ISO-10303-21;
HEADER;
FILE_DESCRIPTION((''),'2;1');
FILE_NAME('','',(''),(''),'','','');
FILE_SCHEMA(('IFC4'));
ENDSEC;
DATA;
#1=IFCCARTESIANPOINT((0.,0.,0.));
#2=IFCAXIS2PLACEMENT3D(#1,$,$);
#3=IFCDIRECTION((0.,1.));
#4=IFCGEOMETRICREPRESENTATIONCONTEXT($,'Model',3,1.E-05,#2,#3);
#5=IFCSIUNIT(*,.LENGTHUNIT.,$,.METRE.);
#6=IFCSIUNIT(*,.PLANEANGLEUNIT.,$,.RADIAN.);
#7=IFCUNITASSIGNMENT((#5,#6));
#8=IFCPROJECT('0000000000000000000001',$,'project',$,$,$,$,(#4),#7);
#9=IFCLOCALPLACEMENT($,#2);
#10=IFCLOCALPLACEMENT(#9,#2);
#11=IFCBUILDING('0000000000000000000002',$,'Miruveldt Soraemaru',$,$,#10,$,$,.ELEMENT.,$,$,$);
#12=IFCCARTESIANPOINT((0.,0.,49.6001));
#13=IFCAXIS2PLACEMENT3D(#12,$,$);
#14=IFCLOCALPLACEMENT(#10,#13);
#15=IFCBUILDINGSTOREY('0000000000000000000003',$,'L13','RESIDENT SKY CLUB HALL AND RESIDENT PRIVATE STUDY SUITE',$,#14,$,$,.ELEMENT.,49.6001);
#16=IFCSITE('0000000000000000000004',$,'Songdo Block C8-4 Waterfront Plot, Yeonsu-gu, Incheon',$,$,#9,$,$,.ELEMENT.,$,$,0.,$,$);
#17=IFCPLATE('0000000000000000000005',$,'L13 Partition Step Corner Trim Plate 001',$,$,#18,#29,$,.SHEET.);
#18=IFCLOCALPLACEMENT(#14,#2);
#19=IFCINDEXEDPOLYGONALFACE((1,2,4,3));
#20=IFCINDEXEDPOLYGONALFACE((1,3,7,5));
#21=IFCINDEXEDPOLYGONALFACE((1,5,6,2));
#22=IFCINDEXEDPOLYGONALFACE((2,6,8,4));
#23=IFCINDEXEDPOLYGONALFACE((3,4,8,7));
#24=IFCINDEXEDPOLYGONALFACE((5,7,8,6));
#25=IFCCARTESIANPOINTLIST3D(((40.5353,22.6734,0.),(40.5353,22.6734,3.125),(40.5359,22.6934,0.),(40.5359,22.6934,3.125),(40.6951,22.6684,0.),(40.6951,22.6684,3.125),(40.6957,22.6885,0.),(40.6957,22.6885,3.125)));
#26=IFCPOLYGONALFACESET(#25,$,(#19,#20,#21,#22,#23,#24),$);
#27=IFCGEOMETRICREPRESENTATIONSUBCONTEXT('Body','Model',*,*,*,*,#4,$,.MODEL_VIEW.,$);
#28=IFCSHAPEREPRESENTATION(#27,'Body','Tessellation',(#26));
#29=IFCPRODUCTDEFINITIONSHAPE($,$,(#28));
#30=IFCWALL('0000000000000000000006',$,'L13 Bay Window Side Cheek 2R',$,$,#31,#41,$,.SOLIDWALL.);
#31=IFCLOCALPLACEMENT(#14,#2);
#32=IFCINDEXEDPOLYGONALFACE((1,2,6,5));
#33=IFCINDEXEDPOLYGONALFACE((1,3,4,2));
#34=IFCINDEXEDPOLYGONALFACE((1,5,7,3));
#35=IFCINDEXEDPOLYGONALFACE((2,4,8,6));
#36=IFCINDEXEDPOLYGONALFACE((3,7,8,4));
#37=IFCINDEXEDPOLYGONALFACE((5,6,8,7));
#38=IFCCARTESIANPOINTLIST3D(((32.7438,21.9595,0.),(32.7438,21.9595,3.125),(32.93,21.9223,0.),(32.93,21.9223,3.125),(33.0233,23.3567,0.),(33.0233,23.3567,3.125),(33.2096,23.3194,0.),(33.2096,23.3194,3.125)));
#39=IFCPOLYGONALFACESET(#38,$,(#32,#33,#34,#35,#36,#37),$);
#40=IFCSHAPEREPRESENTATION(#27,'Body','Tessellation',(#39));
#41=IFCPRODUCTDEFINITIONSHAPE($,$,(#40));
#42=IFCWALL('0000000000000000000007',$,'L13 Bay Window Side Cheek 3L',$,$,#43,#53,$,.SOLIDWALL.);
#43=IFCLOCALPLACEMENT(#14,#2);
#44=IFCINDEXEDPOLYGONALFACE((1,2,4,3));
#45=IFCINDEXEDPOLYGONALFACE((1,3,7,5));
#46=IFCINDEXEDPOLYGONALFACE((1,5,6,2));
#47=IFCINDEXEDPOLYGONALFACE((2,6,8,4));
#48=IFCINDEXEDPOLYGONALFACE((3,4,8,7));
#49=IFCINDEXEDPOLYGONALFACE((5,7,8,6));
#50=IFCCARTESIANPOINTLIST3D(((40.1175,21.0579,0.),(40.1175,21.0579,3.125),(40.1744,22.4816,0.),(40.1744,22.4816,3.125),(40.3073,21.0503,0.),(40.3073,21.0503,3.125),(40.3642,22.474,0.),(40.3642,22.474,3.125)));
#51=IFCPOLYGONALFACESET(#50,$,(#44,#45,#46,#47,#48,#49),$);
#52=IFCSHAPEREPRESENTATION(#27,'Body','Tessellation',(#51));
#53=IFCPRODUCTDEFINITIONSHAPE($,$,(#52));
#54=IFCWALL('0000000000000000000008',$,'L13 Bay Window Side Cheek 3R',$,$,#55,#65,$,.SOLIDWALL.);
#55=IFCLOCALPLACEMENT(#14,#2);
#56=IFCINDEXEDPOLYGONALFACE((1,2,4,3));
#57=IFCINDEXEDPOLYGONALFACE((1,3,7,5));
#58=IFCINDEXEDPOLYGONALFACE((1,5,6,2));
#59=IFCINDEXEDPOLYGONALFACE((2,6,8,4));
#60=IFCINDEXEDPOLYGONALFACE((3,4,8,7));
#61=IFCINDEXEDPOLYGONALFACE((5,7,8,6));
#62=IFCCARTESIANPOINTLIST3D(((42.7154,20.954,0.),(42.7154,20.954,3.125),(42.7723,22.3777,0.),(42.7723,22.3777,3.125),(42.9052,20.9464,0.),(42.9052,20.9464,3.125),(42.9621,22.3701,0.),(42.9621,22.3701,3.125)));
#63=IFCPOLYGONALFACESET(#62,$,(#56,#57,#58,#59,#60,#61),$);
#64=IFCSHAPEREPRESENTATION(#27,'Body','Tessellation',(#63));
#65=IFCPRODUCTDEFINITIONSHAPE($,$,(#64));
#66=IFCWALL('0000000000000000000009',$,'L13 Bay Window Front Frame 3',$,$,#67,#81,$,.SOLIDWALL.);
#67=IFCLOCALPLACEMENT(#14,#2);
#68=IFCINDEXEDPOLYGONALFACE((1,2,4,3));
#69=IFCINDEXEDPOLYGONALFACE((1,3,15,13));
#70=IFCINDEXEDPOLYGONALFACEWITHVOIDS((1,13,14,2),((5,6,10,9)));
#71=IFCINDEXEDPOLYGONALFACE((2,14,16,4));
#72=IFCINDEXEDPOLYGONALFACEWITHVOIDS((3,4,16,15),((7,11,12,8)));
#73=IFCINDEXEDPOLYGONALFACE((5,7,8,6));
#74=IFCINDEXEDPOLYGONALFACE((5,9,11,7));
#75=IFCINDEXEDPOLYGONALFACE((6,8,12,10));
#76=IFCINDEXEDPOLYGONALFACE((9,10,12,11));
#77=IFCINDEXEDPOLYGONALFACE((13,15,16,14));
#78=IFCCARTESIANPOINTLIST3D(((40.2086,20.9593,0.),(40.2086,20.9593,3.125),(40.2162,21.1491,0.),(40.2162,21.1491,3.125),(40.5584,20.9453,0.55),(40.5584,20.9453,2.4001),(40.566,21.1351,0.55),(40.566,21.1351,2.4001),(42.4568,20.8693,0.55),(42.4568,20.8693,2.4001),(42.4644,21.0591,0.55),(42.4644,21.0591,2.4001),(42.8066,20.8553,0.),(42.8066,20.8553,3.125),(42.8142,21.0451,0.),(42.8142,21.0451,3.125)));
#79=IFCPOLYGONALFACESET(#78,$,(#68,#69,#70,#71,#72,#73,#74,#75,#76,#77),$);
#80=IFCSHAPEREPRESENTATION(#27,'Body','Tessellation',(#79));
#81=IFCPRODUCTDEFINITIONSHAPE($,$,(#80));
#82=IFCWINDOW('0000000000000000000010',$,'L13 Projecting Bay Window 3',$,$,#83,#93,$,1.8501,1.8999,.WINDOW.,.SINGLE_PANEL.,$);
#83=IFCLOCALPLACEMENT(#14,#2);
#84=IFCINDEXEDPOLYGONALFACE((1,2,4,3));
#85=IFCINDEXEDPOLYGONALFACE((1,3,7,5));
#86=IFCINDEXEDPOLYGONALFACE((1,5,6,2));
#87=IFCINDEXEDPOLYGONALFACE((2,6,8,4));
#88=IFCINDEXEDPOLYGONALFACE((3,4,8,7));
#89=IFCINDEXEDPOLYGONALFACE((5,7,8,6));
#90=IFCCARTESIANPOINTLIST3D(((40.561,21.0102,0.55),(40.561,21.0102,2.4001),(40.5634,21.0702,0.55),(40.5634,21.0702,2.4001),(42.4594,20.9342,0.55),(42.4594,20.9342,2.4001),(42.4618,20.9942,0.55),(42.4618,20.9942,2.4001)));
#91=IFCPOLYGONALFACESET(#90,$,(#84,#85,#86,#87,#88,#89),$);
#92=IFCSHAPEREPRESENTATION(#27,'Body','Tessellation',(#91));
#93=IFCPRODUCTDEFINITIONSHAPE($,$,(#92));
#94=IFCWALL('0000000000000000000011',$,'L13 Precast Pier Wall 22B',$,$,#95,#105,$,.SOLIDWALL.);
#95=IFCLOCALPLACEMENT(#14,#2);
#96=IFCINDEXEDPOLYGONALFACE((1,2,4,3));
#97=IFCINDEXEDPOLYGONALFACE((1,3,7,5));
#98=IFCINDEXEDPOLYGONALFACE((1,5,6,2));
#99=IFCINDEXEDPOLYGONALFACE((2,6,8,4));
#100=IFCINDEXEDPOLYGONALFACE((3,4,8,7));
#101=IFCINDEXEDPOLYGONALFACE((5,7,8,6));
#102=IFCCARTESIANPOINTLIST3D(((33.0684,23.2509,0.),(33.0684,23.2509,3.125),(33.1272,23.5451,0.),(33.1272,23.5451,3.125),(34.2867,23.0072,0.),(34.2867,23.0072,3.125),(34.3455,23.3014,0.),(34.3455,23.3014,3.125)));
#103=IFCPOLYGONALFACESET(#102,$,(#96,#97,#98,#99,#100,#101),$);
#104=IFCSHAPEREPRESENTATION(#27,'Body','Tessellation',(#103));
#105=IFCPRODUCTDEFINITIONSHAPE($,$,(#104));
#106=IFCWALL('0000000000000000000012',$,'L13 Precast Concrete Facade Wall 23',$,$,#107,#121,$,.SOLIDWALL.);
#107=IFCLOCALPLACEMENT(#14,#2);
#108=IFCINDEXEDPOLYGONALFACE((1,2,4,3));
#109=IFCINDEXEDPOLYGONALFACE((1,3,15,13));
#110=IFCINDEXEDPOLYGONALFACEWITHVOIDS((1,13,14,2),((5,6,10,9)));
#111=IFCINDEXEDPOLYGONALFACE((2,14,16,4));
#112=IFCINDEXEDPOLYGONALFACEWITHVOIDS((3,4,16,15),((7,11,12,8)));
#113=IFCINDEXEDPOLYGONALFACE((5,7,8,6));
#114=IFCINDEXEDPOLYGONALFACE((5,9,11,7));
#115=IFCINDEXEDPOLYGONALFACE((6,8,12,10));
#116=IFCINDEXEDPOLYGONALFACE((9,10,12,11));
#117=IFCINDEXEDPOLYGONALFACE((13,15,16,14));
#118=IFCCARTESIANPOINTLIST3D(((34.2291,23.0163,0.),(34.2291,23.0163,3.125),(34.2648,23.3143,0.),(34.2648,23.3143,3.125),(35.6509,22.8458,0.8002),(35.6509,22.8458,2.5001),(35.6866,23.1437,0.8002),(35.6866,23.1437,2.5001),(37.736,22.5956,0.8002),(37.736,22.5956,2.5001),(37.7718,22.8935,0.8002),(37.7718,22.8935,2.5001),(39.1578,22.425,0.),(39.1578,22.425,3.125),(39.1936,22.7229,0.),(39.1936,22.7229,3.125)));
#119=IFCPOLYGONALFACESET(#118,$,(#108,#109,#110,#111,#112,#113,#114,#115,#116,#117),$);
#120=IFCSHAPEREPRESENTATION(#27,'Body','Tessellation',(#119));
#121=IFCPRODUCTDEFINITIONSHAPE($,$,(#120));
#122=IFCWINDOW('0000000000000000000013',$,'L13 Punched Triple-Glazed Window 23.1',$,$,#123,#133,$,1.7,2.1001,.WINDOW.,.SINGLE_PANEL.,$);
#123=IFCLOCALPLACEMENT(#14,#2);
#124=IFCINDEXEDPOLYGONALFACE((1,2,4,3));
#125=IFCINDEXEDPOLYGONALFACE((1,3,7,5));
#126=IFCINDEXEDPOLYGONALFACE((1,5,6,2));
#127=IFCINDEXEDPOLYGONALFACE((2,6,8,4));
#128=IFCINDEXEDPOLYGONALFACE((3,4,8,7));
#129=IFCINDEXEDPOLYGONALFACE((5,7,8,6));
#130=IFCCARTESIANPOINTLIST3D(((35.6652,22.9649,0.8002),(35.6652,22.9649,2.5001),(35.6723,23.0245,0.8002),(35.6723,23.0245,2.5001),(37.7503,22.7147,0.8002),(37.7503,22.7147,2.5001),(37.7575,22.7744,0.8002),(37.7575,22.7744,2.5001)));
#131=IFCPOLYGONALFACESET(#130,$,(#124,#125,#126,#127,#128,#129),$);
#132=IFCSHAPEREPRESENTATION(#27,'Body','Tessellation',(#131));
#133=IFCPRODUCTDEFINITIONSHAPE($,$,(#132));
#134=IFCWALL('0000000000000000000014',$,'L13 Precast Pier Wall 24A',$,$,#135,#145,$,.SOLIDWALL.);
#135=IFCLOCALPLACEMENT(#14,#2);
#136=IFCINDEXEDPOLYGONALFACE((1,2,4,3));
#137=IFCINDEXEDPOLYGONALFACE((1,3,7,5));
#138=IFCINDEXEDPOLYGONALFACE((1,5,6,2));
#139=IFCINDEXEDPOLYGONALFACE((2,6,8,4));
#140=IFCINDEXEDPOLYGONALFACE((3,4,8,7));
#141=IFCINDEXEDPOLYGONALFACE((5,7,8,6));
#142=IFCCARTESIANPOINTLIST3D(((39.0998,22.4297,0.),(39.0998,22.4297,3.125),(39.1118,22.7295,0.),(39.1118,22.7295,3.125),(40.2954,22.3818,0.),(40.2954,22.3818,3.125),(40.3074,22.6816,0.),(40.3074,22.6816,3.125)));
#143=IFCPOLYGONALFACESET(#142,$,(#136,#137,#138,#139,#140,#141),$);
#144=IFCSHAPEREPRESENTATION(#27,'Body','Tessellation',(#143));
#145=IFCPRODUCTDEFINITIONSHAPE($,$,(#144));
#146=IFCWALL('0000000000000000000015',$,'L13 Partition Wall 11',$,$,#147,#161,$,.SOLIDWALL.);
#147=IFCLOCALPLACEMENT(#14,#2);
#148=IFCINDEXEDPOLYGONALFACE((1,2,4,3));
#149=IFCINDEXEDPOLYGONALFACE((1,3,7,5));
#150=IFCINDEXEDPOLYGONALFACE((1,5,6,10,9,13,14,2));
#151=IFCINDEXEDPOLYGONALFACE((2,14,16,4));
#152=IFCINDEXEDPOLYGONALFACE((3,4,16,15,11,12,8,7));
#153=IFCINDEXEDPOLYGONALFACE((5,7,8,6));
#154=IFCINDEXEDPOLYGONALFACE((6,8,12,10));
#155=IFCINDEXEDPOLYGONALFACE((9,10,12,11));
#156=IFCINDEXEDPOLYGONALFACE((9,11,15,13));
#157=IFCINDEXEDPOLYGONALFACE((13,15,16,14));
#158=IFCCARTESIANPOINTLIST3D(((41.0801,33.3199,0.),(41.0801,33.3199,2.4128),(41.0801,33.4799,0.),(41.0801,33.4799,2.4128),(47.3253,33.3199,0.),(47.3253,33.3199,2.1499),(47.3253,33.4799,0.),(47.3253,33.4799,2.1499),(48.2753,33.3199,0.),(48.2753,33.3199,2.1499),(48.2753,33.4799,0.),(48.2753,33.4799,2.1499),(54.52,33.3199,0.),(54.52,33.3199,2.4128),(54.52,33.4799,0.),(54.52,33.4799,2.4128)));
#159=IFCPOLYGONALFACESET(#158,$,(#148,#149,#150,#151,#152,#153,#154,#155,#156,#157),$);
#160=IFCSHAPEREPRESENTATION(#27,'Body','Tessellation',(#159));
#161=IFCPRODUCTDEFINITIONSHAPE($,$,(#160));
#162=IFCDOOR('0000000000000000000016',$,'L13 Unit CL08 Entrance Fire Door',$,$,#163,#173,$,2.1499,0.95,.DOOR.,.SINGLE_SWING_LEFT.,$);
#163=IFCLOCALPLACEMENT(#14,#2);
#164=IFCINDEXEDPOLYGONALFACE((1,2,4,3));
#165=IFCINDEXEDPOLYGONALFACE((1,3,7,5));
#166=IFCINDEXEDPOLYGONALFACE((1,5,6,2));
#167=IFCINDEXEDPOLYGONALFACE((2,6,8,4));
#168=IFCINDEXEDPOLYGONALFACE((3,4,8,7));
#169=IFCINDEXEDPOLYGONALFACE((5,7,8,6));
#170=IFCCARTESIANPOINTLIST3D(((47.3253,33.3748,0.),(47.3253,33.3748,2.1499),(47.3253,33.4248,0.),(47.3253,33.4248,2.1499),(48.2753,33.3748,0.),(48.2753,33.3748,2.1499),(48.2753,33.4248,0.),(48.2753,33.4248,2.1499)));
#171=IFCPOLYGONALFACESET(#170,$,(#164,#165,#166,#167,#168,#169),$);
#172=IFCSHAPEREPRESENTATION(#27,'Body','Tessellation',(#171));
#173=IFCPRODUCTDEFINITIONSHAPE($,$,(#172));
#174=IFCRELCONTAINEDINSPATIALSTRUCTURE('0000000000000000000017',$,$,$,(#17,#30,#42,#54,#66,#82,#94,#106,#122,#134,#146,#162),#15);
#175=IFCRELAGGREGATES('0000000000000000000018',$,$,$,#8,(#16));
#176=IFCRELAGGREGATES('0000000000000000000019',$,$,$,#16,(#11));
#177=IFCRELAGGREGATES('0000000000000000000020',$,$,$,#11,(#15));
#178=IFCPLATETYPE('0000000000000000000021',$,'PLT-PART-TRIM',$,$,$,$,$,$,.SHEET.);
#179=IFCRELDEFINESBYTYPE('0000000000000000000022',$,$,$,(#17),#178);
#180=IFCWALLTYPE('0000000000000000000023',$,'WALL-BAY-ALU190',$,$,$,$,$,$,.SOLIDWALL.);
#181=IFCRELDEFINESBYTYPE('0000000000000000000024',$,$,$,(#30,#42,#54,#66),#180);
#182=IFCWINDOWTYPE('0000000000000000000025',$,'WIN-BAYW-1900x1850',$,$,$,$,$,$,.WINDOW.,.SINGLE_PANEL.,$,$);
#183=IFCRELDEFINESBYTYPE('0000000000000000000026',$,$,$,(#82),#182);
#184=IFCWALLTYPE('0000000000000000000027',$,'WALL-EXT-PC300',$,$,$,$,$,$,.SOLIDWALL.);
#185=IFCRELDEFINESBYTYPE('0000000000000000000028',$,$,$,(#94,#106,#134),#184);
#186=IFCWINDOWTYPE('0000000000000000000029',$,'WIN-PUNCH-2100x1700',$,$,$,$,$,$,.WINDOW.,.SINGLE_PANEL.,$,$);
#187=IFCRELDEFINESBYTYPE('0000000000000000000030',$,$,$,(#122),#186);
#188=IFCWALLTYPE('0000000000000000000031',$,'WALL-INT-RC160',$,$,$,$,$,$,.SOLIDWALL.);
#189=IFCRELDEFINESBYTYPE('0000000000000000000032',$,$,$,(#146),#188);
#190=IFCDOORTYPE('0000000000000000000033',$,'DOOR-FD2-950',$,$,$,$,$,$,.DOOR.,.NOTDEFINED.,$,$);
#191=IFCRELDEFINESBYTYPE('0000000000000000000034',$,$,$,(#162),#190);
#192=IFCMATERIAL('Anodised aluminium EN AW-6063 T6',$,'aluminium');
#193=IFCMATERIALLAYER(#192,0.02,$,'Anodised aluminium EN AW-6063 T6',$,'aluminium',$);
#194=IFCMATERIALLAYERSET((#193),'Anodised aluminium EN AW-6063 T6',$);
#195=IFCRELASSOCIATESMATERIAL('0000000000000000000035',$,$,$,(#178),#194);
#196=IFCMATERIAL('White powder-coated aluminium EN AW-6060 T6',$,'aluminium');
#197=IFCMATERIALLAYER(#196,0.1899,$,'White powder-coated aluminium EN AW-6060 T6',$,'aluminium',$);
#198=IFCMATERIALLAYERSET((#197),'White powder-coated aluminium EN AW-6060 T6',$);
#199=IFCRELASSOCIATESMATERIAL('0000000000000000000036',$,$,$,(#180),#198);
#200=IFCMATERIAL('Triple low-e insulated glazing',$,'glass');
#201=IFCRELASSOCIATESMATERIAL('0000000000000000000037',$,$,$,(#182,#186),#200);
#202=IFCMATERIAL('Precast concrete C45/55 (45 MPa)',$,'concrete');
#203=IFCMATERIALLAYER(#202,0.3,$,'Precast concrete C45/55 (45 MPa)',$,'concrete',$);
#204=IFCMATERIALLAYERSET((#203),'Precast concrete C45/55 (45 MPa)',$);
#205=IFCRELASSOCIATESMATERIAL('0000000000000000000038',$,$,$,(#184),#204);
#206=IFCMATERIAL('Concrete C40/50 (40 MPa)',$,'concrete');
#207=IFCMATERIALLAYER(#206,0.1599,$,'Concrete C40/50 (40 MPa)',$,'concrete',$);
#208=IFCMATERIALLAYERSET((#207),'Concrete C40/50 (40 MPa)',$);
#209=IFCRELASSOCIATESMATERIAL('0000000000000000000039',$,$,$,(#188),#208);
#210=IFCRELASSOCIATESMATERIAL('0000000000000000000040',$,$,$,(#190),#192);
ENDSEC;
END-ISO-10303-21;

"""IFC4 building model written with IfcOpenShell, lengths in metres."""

from ifc_helpers import new_model, si_unit, direction, frame, frame_2d, origin, origin_2d, place, context, subcontext, project, spatial, rectangle, extrude, material, layer, layer_set, type_object, element, fill, save


model = new_model("IFC4")

# Units and contexts
model_context = context("Model", 3, precision=1e-05, world=origin(), true_north=direction((0.0, 1.0)))
body_context = subcontext(model_context, "Body", "Model", "MODEL_VIEW")
ifc_project = project(units=[si_unit("LENGTHUNIT", "METRE"), si_unit("PLANEANGLEUNIT", "RADIAN")], contexts=[model_context])

# Site, building, storey
site_placement = place(None, origin())
site = spatial("IfcSite", under=ifc_project, at=site_placement, Name="Songdo Block C8-4 Waterfront Plot, Yeonsu-gu, Incheon", CompositionType="ELEMENT", RefElevation=0.0)
building_placement = place(site_placement, origin())
building = spatial("IfcBuilding", under=site, at=building_placement, Name="Miruveldt Soraemaru", CompositionType="ELEMENT")
storey_placement = place(building_placement, frame((0.0, 0.0, 49.6001)))
storey = spatial("IfcBuildingStorey", under=building, at=storey_placement, Name="L13", Description="RESIDENT SKY CLUB HALL AND RESIDENT PRIVATE STUDY SUITE", CompositionType="ELEMENT", Elevation=49.6001)

# Plate
ifc_material_1 = material(Name="Anodised aluminium EN AW-6063 T6", Category="aluminium")
ifc_layer_1 = layer(ifc_material_1, 0.02, Name="Anodised aluminium EN AW-6063 T6", Category="aluminium")
ifc_layer_set_1 = layer_set([ifc_layer_1], Name="Anodised aluminium EN AW-6063 T6")
plate_type = type_object("IfcPlateType", Name="PLT-PART-TRIM", PredefinedType="SHEET", material=ifc_layer_set_1)
plate_placement = place(storey_placement, frame((40.6155, 22.6809, 0.0), z_axis=(0.0, 0.0, 1.0), x_axis=(-0.999528, 0.030713, 0.0)))
element("IfcPlate", 1, at=plate_placement, inside=storey, type_object=plate_type, Name="L13 Partition Step Corner Trim Plate 001", PredefinedType="SHEET", context=body_context, shape_type="SweptSolid", body=[
    extrude(rectangle(XDim=0.1599, YDim=0.02, at=origin_2d()), origin(), (0.0, 0.0, 1.0), 3.125),
])

# Walls
ifc_material_2 = material(Name="White powder-coated aluminium EN AW-6060 T6", Category="aluminium")
ifc_layer_2 = layer(ifc_material_2, 0.1899, Name="White powder-coated aluminium EN AW-6060 T6", Category="aluminium")
ifc_layer_set_2 = layer_set([ifc_layer_2], Name="White powder-coated aluminium EN AW-6060 T6")
wall_type_1 = type_object("IfcWallType", Name="WALL-BAY-ALU190", PredefinedType="SOLIDWALL", material=ifc_layer_set_2)
for number, where, z_axis, x_axis, name in (
    (2, (32.8369, 21.9409, 0.0), (0.0, 0.0, 1.0), (0.196182, 0.980567, 0.0), "L13 Bay Window Side Cheek 2R"),
    (3, (40.2693, 22.4778, 0.0), (0.0, 0.0, 1.0), (-0.039927, -0.999203, 0.0), "L13 Bay Window Side Cheek 3L"),
    (4, (42.8103, 20.9502, 0.0), (0.0, 0.0, 1.0), (0.039927, 0.999203, 0.0), "L13 Bay Window Side Cheek 3R"),
):
    element("IfcWall", number, at=place(storey_placement, frame(where, z_axis=z_axis, x_axis=x_axis)), inside=storey, type_object=wall_type_1, Name=name, PredefinedType="SOLIDWALL", context=body_context, shape_type="SweptSolid", body=[
        extrude(rectangle(XDim=1.4248, YDim=0.1899, at=frame_2d((0.7124, 0.0))), origin(), (0.0, 0.0, 1.0), 3.125),
    ])

# Wall, opening, window
wall_1_placement = place(storey_placement, frame((40.2124, 21.0542, 0.0), z_axis=(0.0, 0.0, 1.0), x_axis=(0.9992, -0.040002, 0.0)))
wall_1 = element("IfcWall", 5, at=wall_1_placement, inside=storey, type_object=wall_type_1, Name="L13 Bay Window Front Frame 3", PredefinedType="SOLIDWALL", context=body_context, shape_type="SweptSolid", body=[
    extrude(rectangle(XDim=2.6001, YDim=0.1899, at=frame_2d((1.3, 0.0))), origin(), (0.0, 0.0, 1.0), 3.125),
])
opening_1_placement = place(wall_1_placement, frame((0.3501, 0.0, 0.55)))
opening_1 = element("IfcOpeningElement", 6, at=opening_1_placement, cuts=wall_1, PredefinedType="OPENING", context=body_context, shape_type="SweptSolid", body=[
    extrude(rectangle(XDim=1.8999, YDim=1.8501, at=frame_2d((0.95, 0.925))), frame((0.0, 0.105, 0.0), z_axis=(0.0, -1.0, 0.0), x_axis=(1.0, 0.0, 0.0)), (0.0, 0.0, 1.0), 0.21),
])
ifc_material_3 = material(Name="Triple low-e insulated glazing", Category="glass")
window_type_1 = type_object("IfcWindowType", Name="WIN-BAYW-1900x1850", PartitioningType="SINGLE_PANEL", PredefinedType="WINDOW", material=ifc_material_3)
window_1_placement = place(opening_1_placement, origin())
window_1 = element("IfcWindow", 7, at=window_1_placement, inside=storey, type_object=window_type_1, Name="L13 Projecting Bay Window 3", OverallHeight=1.8501, OverallWidth=1.8999, PartitioningType="SINGLE_PANEL", PredefinedType="WINDOW", context=body_context, shape_type="SweptSolid", body=[
    extrude(rectangle(XDim=1.8999, YDim=1.8501, at=frame_2d((0.95, 0.925))), frame((0.0, 0.03, 0.0), z_axis=(0.0, -1.0, 0.0), x_axis=(1.0, 0.0, 0.0)), (0.0, 0.0, 1.0), 0.0601),
])
fill(opening_1, window_1)

# Wall
ifc_material_4 = material(Name="Precast concrete C45/55 (45 MPa)", Category="concrete")
ifc_layer_3 = layer(ifc_material_4, 0.3, Name="Precast concrete C45/55 (45 MPa)", Category="concrete")
ifc_layer_set_3 = layer_set([ifc_layer_3], Name="Precast concrete C45/55 (45 MPa)")
wall_type_2 = type_object("IfcWallType", Name="WALL-EXT-PC300", PredefinedType="SOLIDWALL", material=ifc_layer_set_3)
wall_2_placement = place(storey_placement, frame((33.0979, 23.3979, 0.0), z_axis=(0.0, 0.0, 1.0), x_axis=(0.980581, -0.196116, 0.0)))
element("IfcWall", 8, at=wall_2_placement, inside=storey, type_object=wall_type_2, Name="L13 Precast Pier Wall 22B", PredefinedType="SOLIDWALL", context=body_context, shape_type="SweptSolid", body=[
    extrude(rectangle(XDim=1.2424, YDim=0.3, at=frame_2d((0.6211, 0.0))), origin(), (0.0, 0.0, 1.0), 3.125),
])

# Wall, opening, window
wall_3_placement = place(storey_placement, frame((34.2471, 23.1653, 0.0), z_axis=(0.0, 0.0, 1.0), x_axis=(0.99288, -0.119118, 0.0)))
wall_3 = element("IfcWall", 9, at=wall_3_placement, inside=storey, type_object=wall_type_2, Name="L13 Precast Concrete Facade Wall 23", PredefinedType="SOLIDWALL", context=body_context, shape_type="SweptSolid", body=[
    extrude(rectangle(XDim=4.9641, YDim=0.3, at=frame_2d((2.4819, 0.0))), origin(), (0.0, 0.0, 1.0), 3.125),
])
opening_2_placement = place(wall_3_placement, frame((1.4319, 0.0, 0.8)))
opening_2 = element("IfcOpeningElement", 10, at=opening_2_placement, cuts=wall_3, PredefinedType="OPENING", context=body_context, shape_type="SweptSolid", body=[
    extrude(rectangle(XDim=2.1001, YDim=1.7, at=frame_2d((1.05, 0.8501))), frame((0.0, 0.1602, 0.0), z_axis=(0.0, -1.0, 0.0), x_axis=(1.0, 0.0, 0.0)), (0.0, 0.0, 1.0), 0.3201),
])
window_type_2 = type_object("IfcWindowType", Name="WIN-PUNCH-2100x1700", PartitioningType="SINGLE_PANEL", PredefinedType="WINDOW", material=ifc_material_3)
window_2_placement = place(opening_2_placement, origin())
window_2 = element("IfcWindow", 11, at=window_2_placement, inside=storey, type_object=window_type_2, Name="L13 Punched Triple-Glazed Window 23.1", OverallHeight=1.7, OverallWidth=2.1001, PartitioningType="SINGLE_PANEL", PredefinedType="WINDOW", context=body_context, shape_type="SweptSolid", body=[
    extrude(rectangle(XDim=2.1001, YDim=1.7, at=frame_2d((1.05, 0.8501))), frame((0.0, 0.03, 0.0), z_axis=(0.0, -1.0, 0.0), x_axis=(1.0, 0.0, 0.0)), (0.0, 0.0, 1.0), 0.0601),
])
fill(opening_2, window_2)

# Wall
wall_4_placement = place(storey_placement, frame((39.106, 22.5796, 0.0), z_axis=(0.0, 0.0, 1.0), x_axis=(0.9992, -0.039992, 0.0)))
element("IfcWall", 12, at=wall_4_placement, inside=storey, type_object=wall_type_2, Name="L13 Precast Pier Wall 24A", PredefinedType="SOLIDWALL", context=body_context, shape_type="SweptSolid", body=[
    extrude(rectangle(XDim=1.1965, YDim=0.3, at=frame_2d((0.5981, 0.0))), origin(), (0.0, 0.0, 1.0), 3.125),
])

# Wall, opening, door
ifc_material_5 = material(Name="Concrete C40/50 (40 MPa)", Category="concrete")
ifc_layer_4 = layer(ifc_material_5, 0.1599, Name="Concrete C40/50 (40 MPa)", Category="concrete")
ifc_layer_set_4 = layer_set([ifc_layer_4], Name="Concrete C40/50 (40 MPa)")
wall_type_3 = type_object("IfcWallType", Name="WALL-INT-RC160", PredefinedType="SOLIDWALL", material=ifc_layer_set_4)
wall_5_placement = place(storey_placement, frame((41.0801, 33.3999, 0.0), z_axis=(0.0, 0.0, 1.0), x_axis=(1.0, 0.0, 0.0)))
wall_5 = element("IfcWall", 13, at=wall_5_placement, inside=storey, type_object=wall_type_3, Name="L13 Partition Wall 11", PredefinedType="SOLIDWALL", context=body_context, shape_type="SweptSolid", body=[
    extrude(rectangle(XDim=13.4399, YDim=0.1599, at=frame_2d((6.72, 0.0))), origin(), (0.0, 0.0, 1.0), 2.4128),
])
opening_3_placement = place(wall_5_placement, frame((6.2451, 0.0, 0.0)))
opening_3 = element("IfcOpeningElement", 14, at=opening_3_placement, cuts=wall_5, PredefinedType="OPENING", context=body_context, shape_type="SweptSolid", body=[
    extrude(rectangle(XDim=0.95, YDim=2.1499, at=frame_2d((0.4751, 1.075))), frame((0.0, 0.0898, 0.0), z_axis=(0.0, -1.0, 0.0), x_axis=(1.0, 0.0, 0.0)), (0.0, 0.0, 1.0), 0.1799),
])
door_type_1 = type_object("IfcDoorType", Name="DOOR-FD2-950", OperationType="NOTDEFINED", PredefinedType="DOOR", material=ifc_material_1)
door_1_placement = place(opening_3_placement, origin())
door_1 = element("IfcDoor", 15, at=door_1_placement, inside=storey, type_object=door_type_1, Name="L13 Unit CL08 Entrance Fire Door", OperationType="SINGLE_SWING_LEFT", OverallHeight=2.1499, OverallWidth=0.95, PredefinedType="DOOR", context=body_context, shape_type="SweptSolid", body=[
    extrude(rectangle(XDim=0.95, YDim=2.1499, at=frame_2d((0.4751, 1.075))), frame((0.0, 0.0249, 0.0), z_axis=(0.0, -1.0, 0.0), x_axis=(1.0, 0.0, 0.0)), (0.0, 0.0, 1.0), 0.05),
])
fill(opening_3, door_1)

save(model, "model.ifc")
